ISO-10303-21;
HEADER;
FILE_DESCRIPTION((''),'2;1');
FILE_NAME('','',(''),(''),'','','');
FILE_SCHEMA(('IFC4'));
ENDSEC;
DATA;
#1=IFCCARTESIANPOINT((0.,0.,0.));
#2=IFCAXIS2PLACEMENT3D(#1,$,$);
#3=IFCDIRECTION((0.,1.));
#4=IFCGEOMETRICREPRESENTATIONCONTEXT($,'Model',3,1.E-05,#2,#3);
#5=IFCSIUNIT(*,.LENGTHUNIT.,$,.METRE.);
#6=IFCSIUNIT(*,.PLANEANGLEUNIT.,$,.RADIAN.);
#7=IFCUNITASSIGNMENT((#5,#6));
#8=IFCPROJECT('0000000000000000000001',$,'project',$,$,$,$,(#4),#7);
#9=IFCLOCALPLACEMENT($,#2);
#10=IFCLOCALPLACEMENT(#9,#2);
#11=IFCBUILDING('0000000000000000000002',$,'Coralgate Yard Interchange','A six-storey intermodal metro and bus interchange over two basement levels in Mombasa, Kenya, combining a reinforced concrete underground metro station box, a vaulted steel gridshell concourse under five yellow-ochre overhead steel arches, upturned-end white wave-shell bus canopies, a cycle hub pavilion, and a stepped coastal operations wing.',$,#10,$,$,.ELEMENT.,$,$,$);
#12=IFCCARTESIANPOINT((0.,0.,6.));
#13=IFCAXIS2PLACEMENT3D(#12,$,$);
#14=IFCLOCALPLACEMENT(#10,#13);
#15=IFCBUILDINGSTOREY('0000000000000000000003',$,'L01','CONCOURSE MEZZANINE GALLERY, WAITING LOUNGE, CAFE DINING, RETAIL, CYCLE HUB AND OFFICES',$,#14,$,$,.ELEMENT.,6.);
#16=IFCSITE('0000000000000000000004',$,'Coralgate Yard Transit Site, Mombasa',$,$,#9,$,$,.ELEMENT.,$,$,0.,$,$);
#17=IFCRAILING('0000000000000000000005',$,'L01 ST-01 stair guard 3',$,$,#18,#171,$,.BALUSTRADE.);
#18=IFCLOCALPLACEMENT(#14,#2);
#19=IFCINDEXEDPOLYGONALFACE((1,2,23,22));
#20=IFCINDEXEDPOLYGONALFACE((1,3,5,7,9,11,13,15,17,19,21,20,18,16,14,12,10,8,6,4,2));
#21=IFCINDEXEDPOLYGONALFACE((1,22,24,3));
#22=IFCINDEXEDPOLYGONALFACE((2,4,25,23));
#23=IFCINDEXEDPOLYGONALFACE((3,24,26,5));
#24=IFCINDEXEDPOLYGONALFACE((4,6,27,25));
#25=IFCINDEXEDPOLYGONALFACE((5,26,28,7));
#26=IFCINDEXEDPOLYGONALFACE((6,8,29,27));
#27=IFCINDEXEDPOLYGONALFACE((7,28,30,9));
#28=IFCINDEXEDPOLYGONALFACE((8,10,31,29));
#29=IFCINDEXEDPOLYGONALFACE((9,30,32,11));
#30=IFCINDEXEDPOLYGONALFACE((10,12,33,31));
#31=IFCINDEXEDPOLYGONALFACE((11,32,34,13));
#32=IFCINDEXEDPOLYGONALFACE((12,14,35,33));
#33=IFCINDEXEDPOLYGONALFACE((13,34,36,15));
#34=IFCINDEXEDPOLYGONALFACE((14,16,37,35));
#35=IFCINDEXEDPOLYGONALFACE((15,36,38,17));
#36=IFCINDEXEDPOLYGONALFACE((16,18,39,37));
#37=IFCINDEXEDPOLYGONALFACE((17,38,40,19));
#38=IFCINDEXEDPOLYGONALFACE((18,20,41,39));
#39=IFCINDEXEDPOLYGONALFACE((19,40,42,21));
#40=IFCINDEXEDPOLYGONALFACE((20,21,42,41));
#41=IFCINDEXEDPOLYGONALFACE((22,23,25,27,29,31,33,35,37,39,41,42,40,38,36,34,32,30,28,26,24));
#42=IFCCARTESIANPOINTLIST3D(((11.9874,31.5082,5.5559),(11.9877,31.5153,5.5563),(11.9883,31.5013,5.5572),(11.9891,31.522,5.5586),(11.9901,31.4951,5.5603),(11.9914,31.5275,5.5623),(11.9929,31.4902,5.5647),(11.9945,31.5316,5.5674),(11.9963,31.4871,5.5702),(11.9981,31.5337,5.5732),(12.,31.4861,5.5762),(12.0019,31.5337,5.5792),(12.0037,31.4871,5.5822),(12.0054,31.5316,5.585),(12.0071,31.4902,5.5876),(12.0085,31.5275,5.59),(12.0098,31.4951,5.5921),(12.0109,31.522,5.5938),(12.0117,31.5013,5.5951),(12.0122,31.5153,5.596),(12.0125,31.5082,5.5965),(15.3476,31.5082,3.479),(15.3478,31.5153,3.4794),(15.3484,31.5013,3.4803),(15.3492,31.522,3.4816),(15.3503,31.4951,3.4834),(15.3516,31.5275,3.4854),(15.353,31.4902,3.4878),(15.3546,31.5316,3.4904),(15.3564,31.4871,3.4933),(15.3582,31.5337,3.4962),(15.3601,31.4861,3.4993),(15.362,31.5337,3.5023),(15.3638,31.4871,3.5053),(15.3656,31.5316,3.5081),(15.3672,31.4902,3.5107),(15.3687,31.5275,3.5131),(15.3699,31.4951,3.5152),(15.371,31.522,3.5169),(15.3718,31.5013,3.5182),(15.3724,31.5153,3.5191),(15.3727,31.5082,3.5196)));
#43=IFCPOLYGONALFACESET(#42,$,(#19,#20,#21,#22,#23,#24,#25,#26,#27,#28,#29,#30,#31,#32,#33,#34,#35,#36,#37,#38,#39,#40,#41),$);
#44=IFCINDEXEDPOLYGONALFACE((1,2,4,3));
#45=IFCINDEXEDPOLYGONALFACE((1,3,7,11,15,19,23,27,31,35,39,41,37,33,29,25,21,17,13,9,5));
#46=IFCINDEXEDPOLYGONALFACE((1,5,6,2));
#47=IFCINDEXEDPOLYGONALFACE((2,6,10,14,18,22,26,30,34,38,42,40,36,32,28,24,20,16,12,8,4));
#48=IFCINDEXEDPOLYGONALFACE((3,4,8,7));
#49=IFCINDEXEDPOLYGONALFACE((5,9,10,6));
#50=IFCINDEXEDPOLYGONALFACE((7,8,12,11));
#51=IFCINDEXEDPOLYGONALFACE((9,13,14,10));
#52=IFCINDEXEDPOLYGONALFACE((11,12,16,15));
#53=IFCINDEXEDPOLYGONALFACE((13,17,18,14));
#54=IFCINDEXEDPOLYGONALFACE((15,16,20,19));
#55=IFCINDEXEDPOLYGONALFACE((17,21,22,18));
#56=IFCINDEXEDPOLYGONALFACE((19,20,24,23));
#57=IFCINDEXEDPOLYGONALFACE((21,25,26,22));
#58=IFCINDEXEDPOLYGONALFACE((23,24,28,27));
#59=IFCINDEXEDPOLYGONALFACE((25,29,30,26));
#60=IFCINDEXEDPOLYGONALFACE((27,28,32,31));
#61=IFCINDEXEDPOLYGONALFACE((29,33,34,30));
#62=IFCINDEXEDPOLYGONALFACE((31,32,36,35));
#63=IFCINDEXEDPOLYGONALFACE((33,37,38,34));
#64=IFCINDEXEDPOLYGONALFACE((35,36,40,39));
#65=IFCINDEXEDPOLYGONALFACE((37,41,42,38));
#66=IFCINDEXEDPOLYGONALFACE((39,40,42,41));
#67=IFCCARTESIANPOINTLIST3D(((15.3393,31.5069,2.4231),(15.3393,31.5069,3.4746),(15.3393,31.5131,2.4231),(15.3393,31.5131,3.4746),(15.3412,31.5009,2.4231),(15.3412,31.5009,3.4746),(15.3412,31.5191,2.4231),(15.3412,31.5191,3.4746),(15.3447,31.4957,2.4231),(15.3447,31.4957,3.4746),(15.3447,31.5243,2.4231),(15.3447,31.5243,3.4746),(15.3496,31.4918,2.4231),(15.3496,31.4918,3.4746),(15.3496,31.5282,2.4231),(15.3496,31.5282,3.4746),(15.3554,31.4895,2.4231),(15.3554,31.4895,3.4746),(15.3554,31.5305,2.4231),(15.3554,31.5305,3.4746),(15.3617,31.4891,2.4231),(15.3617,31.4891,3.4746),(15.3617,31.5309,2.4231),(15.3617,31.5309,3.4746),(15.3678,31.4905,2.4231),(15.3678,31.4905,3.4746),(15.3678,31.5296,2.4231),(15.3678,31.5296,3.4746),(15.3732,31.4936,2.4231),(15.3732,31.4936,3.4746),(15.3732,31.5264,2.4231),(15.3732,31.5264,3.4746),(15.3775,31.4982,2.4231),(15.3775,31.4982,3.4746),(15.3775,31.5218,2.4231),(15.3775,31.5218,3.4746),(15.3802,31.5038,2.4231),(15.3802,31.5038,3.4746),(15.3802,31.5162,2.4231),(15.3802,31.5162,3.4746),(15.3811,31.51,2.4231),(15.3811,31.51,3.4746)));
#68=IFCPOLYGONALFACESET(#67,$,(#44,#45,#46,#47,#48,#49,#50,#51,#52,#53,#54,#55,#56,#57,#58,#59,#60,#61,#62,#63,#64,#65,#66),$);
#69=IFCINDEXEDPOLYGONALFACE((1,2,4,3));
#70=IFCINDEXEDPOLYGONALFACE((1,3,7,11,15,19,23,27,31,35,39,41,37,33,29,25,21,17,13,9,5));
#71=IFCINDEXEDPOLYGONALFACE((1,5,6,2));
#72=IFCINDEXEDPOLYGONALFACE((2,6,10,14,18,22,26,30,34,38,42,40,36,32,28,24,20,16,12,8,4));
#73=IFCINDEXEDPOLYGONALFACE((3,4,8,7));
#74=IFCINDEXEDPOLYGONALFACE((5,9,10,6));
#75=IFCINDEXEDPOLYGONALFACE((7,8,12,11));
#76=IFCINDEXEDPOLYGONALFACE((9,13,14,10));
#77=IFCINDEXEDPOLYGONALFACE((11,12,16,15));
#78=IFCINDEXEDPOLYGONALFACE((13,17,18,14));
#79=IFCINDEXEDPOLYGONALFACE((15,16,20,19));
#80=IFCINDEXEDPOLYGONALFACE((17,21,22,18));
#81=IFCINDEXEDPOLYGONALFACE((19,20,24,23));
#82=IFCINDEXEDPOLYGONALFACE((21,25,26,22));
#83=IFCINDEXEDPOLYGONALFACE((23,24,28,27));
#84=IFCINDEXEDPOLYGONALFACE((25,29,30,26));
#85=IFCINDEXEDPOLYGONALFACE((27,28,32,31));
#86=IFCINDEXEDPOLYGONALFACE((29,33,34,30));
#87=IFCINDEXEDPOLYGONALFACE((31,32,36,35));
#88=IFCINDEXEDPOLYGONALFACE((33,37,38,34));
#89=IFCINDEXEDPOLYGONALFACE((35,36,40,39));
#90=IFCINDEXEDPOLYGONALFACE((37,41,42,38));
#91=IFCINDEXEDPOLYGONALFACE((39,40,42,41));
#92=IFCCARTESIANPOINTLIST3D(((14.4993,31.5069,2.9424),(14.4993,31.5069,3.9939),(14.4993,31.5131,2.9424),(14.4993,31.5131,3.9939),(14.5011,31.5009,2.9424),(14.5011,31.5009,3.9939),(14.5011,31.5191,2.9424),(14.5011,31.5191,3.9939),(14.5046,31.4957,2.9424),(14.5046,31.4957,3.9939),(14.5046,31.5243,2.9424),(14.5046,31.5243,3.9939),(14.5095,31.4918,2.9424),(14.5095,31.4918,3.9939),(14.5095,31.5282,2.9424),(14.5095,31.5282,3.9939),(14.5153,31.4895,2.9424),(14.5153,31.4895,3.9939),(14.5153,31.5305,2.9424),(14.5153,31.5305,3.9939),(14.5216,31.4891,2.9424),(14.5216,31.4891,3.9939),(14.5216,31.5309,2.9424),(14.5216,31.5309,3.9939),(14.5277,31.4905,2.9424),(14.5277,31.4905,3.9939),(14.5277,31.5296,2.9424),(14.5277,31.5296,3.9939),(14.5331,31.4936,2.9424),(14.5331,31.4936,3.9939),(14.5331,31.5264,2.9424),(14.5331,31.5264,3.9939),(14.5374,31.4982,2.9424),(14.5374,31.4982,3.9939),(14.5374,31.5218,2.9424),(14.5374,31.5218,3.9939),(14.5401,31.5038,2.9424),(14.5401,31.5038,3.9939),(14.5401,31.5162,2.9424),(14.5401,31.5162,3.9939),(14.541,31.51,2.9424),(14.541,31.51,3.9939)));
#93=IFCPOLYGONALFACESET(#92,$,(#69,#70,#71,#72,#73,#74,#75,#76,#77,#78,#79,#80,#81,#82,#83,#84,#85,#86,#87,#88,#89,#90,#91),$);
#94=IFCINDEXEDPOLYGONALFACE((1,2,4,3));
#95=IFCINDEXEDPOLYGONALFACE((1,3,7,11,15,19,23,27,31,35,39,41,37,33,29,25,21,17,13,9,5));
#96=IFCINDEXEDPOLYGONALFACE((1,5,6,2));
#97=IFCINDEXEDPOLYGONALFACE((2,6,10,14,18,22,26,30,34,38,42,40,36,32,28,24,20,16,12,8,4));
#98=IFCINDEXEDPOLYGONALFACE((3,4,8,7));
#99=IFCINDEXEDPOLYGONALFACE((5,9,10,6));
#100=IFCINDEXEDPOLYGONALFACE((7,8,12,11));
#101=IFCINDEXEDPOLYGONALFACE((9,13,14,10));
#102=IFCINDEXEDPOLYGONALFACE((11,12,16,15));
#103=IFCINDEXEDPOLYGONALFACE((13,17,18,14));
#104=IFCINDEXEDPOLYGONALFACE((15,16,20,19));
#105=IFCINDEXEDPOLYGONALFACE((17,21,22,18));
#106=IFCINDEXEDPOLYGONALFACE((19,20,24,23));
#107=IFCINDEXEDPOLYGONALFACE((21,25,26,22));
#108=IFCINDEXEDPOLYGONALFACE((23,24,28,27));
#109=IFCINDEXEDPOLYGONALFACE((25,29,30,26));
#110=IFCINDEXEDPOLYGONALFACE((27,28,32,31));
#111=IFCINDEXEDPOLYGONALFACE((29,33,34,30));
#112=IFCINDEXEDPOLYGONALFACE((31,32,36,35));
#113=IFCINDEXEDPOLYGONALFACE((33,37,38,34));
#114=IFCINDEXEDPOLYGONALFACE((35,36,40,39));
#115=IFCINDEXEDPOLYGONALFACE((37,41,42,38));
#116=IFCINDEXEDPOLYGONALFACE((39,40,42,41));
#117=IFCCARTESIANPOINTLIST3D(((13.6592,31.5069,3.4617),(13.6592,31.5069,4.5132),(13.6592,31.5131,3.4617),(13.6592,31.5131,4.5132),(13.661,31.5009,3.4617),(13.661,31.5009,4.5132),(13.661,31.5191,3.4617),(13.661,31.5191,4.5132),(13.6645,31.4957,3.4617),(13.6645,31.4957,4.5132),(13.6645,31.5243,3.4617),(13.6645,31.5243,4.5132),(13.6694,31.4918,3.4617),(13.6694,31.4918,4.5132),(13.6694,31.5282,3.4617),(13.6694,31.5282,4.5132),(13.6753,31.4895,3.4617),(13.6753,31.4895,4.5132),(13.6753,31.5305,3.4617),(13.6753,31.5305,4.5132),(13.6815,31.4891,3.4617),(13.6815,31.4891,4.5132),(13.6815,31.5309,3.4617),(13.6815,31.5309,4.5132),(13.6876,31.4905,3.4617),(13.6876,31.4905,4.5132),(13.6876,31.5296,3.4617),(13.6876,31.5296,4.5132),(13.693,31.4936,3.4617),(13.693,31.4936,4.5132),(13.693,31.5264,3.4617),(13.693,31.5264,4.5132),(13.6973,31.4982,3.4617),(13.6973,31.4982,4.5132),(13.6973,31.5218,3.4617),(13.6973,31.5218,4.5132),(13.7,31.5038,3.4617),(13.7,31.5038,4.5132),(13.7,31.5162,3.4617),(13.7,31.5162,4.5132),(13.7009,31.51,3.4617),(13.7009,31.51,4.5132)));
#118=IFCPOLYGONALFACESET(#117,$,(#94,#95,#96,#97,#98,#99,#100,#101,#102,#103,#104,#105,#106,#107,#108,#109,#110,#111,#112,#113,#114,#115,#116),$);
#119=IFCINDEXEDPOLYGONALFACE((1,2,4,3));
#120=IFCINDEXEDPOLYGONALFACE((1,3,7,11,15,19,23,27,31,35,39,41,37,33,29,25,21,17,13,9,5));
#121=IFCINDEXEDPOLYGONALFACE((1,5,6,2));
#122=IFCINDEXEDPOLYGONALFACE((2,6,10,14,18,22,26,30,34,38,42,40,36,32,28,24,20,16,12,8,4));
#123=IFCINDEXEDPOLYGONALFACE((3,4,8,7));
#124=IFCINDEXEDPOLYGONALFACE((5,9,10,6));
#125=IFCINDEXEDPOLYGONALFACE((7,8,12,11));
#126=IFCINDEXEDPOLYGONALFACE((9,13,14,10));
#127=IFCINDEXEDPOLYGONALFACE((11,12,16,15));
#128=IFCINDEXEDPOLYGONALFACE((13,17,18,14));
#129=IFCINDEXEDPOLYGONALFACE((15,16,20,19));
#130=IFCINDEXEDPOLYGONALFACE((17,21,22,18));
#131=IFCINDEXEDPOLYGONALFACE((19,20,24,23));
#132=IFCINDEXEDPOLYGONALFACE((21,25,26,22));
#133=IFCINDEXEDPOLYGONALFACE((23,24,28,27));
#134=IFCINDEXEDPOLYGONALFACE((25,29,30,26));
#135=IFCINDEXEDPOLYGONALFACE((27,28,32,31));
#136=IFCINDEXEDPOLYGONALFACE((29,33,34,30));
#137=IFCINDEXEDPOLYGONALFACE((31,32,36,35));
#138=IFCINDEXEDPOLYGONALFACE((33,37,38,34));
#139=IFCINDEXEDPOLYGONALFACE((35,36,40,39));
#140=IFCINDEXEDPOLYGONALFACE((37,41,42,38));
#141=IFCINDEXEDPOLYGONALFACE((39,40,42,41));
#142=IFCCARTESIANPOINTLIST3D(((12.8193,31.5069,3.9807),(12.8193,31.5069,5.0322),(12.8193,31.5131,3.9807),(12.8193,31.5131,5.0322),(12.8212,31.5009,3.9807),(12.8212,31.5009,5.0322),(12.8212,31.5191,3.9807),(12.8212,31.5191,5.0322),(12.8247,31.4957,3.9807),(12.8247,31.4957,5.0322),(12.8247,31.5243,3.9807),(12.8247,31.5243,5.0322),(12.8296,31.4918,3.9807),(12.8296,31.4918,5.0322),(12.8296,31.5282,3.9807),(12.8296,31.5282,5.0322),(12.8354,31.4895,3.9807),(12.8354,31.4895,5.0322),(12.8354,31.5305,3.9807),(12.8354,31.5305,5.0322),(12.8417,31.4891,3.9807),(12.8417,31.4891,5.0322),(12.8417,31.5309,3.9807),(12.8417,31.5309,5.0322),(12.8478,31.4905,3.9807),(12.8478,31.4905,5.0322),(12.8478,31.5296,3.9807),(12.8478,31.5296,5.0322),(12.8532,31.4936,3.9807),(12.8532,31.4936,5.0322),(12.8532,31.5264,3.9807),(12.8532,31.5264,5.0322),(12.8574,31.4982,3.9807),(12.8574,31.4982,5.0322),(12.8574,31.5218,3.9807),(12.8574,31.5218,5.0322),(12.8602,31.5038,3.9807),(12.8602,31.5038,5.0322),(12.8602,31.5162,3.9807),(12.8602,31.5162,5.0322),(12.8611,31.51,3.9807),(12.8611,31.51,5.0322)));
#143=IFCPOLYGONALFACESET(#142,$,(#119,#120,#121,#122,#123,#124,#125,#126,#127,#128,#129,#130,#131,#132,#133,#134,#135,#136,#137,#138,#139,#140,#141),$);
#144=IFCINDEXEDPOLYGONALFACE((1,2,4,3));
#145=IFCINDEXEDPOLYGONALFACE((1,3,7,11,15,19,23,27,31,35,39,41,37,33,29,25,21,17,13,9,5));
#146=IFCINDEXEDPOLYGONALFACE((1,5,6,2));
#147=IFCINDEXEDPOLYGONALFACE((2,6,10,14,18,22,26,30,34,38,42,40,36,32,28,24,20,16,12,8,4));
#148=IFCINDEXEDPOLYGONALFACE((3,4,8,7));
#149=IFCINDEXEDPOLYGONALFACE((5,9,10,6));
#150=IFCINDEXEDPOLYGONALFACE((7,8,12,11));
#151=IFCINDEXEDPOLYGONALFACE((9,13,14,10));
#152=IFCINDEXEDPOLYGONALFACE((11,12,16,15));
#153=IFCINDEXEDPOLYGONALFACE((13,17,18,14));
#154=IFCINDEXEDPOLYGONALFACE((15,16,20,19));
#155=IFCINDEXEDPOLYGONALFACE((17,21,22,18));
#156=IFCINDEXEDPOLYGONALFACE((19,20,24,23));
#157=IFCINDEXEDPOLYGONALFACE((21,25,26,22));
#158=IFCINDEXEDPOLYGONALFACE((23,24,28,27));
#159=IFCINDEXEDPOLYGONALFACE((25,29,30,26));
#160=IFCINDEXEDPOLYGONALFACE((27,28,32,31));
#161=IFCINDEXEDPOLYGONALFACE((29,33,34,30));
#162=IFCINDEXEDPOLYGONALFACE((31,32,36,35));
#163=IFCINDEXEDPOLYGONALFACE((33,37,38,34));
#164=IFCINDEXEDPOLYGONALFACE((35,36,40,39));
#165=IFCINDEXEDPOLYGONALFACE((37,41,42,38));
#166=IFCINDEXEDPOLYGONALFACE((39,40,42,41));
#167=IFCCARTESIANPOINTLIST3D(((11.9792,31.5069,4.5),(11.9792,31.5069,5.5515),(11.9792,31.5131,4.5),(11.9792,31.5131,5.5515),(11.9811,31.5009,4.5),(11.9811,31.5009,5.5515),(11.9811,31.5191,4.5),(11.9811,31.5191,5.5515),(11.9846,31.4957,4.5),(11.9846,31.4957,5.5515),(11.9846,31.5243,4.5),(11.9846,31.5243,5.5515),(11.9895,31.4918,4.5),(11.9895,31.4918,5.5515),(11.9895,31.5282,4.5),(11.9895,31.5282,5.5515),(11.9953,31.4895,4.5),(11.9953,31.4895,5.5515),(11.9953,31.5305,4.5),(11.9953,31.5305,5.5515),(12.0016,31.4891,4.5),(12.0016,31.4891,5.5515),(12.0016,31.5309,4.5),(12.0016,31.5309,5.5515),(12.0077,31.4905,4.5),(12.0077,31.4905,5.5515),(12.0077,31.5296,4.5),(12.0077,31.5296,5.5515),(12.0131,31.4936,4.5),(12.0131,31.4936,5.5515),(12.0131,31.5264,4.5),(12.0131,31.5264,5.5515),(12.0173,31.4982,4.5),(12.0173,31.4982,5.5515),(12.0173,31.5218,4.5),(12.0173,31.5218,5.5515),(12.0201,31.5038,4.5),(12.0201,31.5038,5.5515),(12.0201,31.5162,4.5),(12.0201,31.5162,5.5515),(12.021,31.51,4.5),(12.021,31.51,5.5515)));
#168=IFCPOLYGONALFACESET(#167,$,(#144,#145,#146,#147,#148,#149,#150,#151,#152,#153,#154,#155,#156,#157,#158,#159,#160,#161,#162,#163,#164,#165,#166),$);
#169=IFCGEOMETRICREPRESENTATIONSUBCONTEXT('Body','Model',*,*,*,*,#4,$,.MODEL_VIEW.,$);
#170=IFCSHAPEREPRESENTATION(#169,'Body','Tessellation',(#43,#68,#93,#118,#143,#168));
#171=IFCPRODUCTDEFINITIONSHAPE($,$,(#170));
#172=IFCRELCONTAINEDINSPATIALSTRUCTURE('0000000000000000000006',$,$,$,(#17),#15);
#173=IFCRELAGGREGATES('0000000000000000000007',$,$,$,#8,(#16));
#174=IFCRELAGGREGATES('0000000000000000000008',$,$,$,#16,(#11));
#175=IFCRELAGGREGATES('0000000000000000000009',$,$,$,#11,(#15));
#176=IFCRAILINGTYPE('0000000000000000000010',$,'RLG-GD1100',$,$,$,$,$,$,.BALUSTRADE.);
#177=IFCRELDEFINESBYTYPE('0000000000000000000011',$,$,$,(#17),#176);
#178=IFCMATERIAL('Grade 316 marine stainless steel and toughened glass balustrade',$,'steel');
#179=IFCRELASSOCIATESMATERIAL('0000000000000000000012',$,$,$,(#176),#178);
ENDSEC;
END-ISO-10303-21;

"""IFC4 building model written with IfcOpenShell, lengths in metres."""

from ifc_helpers import new_model, si_unit, direction, frame, origin, origin_2d, place, context, subcontext, project, spatial, circle, extrude, material, type_object, element, save


model = new_model("IFC4")

# Units and contexts
model_context = context("Model", 3, precision=1e-05, world=origin(), true_north=direction((0.0, 1.0)))
body_context = subcontext(model_context, "Body", "Model", "MODEL_VIEW")
ifc_project = project(units=[si_unit("LENGTHUNIT", "METRE"), si_unit("PLANEANGLEUNIT", "RADIAN")], contexts=[model_context])

# Site, building, storey
site_placement = place(None, origin())
site = spatial("IfcSite", under=ifc_project, at=site_placement, Name="Coralgate Yard Transit Site, Mombasa", CompositionType="ELEMENT", RefElevation=0.0)
building_placement = place(site_placement, origin())
building = spatial("IfcBuilding", under=site, at=building_placement, Name="Coralgate Yard Interchange", Description="A six-storey intermodal metro and bus interchange over two basement levels in Mombasa, Kenya, combining a reinforced concrete underground metro station box, a vaulted steel gridshell concourse under five yellow-ochre overhead steel arches, upturned-end white wave-shell bus canopies, a cycle hub pavilion, and a stepped coastal operations wing.", CompositionType="ELEMENT")
storey_placement = place(building_placement, frame((0.0, 0.0, 6.0)))
storey = spatial("IfcBuildingStorey", under=building, at=storey_placement, Name="L01", Description="CONCOURSE MEZZANINE GALLERY, WAITING LOUNGE, CAFE DINING, RETAIL, CYCLE HUB AND OFFICES", CompositionType="ELEMENT", Elevation=6.0)

# Railing
ifc_material_1 = material(Name="Grade 316 marine stainless steel and toughened glass balustrade", Category="steel")
railing_type = type_object("IfcRailingType", Name="RLG-GD1100", PredefinedType="BALUSTRADE", material=ifc_material_1)
railing_1_placement = place(storey_placement, frame((15.3601, 31.51, 2.4231)))
element("IfcRailing", 1, at=railing_1_placement, inside=storey, type_object=railing_type, Name="L01 ST-01 stair guard 3", PredefinedType="BALUSTRADE", context=body_context, shape_type="SweptSolid", body=[
    extrude(circle(Radius=0.0239, at=origin_2d()), frame((0.0, 0.0, 1.0762), z_axis=(-0.850623, 0.0, 0.525776), x_axis=(0.0, -1.0, 0.0)), (0.0, 0.0, 1.0), 3.9502),
    extrude(circle(Radius=0.021, at=origin_2d()), origin(), (0.0, 0.0, 1.0), 1.0515),
    extrude(circle(Radius=0.021, at=origin_2d()), frame((-0.8401, 0.0, 0.5193)), (0.0, 0.0, 1.0), 1.0515),
    extrude(circle(Radius=0.021, at=origin_2d()), frame((-1.6802, 0.0, 1.0386)), (0.0, 0.0, 1.0), 1.0515),
    extrude(circle(Radius=0.021, at=origin_2d()), frame((-2.52, 0.0, 1.5576)), (0.0, 0.0, 1.0), 1.0515),
    extrude(circle(Radius=0.021, at=origin_2d()), frame((-3.3601, 0.0, 2.0769)), (0.0, 0.0, 1.0), 1.0515),
])

save(model, "model.ifc")
